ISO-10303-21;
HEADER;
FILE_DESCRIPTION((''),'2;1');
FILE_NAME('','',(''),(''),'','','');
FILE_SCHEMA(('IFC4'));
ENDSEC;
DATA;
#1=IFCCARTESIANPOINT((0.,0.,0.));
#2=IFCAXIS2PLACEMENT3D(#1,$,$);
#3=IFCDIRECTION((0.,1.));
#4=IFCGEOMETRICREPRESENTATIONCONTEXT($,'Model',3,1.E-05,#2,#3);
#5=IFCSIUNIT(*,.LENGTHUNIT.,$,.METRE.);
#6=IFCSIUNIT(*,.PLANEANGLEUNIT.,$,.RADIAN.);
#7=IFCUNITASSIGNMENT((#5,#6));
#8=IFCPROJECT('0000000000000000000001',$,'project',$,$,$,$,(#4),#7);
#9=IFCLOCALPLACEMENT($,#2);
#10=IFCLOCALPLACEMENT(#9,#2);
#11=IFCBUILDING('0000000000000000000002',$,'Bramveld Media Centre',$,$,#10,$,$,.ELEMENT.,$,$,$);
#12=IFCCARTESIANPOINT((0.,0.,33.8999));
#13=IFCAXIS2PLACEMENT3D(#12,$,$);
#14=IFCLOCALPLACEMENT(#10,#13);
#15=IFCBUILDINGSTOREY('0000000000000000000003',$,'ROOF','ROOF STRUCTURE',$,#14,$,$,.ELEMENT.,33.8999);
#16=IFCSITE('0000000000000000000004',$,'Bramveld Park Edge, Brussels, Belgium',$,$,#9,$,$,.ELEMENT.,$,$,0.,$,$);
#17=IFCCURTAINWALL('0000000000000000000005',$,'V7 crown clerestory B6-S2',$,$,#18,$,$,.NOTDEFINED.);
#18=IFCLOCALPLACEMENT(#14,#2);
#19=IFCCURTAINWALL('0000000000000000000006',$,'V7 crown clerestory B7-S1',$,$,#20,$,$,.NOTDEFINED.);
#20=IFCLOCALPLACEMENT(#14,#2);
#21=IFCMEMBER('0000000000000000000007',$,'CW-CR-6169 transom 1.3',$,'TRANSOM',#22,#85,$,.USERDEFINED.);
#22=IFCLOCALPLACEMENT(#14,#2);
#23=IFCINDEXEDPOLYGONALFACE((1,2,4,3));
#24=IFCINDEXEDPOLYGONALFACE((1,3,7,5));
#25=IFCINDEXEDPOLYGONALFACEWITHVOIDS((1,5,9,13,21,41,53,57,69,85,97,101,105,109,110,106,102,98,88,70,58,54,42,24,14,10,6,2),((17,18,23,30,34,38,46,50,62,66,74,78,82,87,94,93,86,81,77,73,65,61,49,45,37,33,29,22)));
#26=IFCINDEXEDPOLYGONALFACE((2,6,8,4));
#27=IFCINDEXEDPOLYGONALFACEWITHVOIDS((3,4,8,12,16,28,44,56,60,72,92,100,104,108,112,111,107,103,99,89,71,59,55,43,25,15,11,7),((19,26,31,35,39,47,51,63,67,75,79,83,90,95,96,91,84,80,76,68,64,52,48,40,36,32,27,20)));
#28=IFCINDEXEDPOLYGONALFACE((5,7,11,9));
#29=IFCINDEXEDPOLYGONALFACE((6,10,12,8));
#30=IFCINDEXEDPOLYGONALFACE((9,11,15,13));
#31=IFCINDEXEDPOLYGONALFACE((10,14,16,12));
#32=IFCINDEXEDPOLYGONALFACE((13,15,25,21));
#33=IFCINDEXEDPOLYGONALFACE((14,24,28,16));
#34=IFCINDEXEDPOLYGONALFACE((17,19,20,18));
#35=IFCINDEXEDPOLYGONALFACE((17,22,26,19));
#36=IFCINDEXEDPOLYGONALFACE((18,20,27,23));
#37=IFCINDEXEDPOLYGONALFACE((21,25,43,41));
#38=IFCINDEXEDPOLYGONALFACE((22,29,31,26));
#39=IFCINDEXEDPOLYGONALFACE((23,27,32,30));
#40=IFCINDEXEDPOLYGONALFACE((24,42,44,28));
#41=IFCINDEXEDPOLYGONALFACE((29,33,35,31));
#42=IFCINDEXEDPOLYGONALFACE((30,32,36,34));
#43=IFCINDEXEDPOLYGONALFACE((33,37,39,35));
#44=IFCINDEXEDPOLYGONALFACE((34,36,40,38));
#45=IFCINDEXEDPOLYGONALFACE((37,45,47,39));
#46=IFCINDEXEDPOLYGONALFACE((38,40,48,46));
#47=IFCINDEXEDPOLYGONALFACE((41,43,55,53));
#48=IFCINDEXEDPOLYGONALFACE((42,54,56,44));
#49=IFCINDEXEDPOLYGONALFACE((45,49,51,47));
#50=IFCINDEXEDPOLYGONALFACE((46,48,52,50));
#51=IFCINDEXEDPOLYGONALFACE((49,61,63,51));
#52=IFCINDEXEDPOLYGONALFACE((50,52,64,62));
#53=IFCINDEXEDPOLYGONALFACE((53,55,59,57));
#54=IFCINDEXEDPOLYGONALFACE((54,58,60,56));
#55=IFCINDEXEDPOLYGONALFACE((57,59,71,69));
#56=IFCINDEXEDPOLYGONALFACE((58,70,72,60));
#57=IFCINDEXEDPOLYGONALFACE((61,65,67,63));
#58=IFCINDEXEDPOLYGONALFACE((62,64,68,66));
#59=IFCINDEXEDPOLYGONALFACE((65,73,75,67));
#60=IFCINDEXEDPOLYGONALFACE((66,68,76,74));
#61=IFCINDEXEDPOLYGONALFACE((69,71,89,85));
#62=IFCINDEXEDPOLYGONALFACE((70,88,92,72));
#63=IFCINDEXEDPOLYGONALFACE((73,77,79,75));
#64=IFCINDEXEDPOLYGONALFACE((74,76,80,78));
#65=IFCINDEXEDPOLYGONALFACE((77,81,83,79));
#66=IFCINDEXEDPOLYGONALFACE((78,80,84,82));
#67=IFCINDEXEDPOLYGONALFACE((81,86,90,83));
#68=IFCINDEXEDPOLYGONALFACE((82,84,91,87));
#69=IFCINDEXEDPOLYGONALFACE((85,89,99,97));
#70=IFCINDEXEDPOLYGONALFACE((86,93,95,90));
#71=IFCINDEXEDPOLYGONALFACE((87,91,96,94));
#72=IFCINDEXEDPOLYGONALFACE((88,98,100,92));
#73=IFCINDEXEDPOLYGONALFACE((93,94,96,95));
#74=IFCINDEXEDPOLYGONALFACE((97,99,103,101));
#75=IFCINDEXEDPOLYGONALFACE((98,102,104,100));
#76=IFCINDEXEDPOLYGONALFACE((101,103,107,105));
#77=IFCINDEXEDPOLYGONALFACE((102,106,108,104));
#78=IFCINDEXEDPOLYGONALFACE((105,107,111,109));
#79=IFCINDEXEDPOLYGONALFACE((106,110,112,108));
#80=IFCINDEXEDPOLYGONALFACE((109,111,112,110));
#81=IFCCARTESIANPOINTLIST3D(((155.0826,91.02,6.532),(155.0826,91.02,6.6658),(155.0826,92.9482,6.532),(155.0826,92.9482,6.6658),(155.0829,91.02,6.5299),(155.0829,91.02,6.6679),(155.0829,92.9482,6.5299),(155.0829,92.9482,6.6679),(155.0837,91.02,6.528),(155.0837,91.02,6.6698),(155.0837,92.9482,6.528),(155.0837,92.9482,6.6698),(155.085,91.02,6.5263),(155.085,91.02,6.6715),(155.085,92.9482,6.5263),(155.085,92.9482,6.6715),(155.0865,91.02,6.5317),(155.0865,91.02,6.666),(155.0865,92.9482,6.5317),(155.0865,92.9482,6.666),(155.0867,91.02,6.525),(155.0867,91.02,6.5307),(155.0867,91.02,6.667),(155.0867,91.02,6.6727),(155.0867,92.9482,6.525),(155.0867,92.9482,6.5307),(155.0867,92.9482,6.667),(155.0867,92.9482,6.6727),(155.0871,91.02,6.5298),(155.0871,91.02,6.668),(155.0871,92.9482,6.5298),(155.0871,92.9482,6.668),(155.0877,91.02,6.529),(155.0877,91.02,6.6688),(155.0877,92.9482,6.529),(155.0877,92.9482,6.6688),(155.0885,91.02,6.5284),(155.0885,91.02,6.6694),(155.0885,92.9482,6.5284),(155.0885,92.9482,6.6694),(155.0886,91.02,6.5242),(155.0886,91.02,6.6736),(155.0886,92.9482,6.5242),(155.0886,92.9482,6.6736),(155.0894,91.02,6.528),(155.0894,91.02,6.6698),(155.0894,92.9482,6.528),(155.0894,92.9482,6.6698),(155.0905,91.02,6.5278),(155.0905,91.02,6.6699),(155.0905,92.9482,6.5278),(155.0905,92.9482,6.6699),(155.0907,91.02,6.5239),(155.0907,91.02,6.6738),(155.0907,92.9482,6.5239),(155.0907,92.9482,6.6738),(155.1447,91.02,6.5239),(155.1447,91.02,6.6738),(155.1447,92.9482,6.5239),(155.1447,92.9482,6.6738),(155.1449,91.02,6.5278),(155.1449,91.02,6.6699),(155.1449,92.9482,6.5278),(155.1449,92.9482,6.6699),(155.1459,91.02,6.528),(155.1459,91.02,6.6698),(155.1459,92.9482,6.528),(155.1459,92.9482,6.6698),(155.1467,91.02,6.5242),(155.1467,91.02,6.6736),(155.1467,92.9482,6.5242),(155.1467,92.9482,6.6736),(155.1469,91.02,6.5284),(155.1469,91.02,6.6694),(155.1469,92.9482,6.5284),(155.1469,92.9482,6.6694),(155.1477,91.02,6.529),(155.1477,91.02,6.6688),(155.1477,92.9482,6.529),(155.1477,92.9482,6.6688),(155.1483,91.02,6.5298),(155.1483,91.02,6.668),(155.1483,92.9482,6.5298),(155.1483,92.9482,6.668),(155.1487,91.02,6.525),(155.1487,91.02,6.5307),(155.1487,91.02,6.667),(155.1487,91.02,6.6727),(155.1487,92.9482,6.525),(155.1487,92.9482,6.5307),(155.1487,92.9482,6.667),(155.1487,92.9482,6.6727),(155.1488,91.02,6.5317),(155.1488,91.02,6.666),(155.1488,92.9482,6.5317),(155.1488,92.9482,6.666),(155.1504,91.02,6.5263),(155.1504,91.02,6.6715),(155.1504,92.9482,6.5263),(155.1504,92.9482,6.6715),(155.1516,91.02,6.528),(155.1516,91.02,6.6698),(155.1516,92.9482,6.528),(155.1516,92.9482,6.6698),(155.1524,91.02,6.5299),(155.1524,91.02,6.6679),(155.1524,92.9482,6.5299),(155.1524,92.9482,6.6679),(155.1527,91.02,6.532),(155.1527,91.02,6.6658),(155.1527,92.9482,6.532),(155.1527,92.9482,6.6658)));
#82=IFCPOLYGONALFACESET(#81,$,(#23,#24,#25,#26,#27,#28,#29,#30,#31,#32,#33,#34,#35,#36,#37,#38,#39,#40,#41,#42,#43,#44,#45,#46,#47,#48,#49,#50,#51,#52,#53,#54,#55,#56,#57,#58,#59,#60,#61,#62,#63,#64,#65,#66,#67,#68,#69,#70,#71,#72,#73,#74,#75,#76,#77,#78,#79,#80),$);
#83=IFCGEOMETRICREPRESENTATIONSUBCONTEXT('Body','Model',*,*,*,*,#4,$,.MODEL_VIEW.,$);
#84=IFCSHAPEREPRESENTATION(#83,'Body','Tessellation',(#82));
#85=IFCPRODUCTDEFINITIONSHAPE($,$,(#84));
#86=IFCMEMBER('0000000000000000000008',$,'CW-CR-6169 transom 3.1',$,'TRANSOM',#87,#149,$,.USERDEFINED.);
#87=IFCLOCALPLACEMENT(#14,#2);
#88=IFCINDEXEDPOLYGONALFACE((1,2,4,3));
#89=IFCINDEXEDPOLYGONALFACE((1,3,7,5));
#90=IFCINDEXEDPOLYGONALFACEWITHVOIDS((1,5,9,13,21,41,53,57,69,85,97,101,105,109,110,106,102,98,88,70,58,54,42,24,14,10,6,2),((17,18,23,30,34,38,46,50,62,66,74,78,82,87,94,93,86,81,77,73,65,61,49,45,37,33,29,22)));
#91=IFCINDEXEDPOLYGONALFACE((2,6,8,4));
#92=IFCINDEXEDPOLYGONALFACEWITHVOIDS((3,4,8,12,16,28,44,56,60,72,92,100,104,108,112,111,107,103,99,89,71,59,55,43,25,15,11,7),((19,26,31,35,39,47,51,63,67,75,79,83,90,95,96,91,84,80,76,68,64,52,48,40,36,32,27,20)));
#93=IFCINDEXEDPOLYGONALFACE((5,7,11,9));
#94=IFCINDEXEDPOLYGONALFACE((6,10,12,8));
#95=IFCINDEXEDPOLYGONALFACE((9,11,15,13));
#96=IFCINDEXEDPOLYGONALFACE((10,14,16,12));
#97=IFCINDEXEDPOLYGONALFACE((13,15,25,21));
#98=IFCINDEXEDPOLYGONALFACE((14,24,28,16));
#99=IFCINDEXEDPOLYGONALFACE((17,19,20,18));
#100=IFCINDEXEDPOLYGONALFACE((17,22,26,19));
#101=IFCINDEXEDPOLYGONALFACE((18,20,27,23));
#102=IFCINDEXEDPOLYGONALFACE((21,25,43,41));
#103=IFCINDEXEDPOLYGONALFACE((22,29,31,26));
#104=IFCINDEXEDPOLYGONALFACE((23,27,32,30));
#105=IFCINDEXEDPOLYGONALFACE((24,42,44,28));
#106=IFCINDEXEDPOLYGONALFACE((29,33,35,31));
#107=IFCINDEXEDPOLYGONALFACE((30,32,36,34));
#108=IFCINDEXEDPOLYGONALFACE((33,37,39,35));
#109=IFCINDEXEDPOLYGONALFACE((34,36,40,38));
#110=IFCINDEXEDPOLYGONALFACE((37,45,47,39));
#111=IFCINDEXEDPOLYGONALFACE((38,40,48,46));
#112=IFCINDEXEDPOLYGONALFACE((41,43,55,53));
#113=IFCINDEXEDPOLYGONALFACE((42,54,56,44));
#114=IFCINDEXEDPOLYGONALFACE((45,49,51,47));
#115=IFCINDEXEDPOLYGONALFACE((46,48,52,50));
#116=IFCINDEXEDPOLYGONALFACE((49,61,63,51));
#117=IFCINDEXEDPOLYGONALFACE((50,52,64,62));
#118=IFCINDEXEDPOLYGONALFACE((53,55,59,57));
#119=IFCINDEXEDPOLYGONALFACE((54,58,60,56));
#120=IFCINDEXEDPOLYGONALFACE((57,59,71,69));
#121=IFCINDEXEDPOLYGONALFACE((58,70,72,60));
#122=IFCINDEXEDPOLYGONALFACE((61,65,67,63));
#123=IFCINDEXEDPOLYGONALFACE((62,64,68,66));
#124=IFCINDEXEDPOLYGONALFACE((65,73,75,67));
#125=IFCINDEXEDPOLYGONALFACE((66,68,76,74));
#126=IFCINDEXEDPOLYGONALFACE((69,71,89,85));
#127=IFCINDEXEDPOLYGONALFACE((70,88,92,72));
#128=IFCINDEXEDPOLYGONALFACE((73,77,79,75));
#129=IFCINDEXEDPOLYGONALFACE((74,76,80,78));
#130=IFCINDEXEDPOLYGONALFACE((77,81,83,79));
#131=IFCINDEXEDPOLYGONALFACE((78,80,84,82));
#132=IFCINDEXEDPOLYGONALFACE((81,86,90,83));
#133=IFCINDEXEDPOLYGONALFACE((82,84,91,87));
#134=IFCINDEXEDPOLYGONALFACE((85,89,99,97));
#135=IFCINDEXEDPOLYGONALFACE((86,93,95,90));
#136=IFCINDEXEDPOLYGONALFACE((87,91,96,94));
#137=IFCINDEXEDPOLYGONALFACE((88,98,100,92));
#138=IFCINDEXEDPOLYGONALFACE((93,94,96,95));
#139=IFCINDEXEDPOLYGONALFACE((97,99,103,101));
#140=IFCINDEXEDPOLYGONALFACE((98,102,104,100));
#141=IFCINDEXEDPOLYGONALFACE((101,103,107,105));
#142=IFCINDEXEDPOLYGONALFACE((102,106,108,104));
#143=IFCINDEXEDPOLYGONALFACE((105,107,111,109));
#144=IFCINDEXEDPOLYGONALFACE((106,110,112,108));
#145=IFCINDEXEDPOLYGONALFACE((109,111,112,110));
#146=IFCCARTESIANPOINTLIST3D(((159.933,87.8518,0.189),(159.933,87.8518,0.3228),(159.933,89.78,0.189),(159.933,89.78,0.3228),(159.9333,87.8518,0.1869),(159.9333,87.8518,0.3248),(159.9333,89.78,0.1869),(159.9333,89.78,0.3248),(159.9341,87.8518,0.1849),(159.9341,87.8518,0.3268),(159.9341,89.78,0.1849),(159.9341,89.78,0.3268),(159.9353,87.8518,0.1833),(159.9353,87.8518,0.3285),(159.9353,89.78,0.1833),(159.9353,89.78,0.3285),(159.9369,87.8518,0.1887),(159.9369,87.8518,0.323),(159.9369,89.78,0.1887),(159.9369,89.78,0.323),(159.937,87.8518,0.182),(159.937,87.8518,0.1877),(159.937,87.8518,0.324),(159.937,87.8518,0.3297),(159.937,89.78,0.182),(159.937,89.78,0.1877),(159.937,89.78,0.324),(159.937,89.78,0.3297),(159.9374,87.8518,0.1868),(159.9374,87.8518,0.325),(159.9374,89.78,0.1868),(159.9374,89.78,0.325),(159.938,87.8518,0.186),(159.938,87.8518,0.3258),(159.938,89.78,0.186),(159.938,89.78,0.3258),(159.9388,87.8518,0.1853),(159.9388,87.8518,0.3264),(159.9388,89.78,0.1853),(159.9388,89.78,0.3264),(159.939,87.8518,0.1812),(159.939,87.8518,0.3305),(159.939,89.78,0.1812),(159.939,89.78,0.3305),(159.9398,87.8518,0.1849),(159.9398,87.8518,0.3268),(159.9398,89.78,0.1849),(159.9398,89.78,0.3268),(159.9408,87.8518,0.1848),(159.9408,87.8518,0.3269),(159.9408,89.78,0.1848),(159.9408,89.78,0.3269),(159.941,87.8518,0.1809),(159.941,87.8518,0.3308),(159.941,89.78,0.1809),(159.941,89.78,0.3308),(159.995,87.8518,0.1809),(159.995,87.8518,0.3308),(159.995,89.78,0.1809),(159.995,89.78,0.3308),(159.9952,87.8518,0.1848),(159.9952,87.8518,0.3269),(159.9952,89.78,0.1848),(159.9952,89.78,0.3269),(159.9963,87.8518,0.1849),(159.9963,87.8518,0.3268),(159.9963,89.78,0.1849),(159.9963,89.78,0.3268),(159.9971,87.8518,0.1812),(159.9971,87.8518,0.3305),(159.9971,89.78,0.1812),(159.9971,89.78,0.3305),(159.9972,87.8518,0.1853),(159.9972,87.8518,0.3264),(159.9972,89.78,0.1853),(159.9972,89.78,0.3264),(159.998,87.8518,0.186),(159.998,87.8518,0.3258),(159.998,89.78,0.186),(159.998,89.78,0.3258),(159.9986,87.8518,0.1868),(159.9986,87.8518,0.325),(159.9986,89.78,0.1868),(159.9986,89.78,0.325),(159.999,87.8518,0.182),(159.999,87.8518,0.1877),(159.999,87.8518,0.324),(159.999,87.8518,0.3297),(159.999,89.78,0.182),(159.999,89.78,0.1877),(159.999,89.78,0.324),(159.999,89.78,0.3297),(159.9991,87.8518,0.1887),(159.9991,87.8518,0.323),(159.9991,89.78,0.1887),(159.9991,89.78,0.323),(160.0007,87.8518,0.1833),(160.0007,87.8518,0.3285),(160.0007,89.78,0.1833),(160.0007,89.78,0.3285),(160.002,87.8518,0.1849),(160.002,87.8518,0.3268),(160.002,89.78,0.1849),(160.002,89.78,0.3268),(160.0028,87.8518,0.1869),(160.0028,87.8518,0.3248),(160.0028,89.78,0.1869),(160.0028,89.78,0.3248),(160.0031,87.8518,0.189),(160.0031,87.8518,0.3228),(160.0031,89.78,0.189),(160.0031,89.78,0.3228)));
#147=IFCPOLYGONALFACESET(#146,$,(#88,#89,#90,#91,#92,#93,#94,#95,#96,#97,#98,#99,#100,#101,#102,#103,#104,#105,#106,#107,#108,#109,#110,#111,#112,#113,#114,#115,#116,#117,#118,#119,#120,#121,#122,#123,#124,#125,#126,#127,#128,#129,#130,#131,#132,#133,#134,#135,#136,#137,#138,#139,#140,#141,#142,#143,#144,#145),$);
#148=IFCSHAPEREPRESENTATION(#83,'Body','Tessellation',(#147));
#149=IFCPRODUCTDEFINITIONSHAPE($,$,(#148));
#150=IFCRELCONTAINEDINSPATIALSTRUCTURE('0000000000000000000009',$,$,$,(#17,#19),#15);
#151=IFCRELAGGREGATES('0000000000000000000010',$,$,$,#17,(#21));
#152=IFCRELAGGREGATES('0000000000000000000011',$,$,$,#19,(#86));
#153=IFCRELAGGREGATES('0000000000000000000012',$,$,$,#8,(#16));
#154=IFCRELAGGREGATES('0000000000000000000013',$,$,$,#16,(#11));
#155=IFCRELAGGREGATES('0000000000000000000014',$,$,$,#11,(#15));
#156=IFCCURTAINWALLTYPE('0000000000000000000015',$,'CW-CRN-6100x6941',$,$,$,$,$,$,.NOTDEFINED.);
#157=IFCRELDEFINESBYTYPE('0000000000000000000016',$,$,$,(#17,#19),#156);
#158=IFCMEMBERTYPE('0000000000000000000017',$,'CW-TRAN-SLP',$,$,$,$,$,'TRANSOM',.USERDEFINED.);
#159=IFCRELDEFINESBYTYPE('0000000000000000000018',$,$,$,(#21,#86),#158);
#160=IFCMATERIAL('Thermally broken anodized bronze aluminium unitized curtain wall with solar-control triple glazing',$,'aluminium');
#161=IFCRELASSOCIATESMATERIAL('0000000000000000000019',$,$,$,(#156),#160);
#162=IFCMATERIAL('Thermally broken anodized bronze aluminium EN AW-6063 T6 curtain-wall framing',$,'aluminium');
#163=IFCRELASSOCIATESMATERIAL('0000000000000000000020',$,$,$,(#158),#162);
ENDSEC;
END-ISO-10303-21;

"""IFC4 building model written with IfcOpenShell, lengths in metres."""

from ifc_helpers import new_model, si_unit, direction, frame, origin, origin_2d, place, context, subcontext, project, spatial, hollow_rectangle, extrude, material, material_profile, profile_set, type_object, element, aggregate, save


model = new_model("IFC4")

# Units and contexts
model_context = context("Model", 3, precision=1e-05, world=origin(), true_north=direction((0.0, 1.0)))
body_context = subcontext(model_context, "Body", "Model", "MODEL_VIEW")
ifc_project = project(units=[si_unit("LENGTHUNIT", "METRE"), si_unit("PLANEANGLEUNIT", "RADIAN")], contexts=[model_context])

# Site, building, storey
site_placement = place(None, origin())
site = spatial("IfcSite", under=ifc_project, at=site_placement, Name="Bramveld Park Edge, Brussels, Belgium", CompositionType="ELEMENT", RefElevation=0.0)
building_placement = place(site_placement, origin())
building = spatial("IfcBuilding", under=site, at=building_placement, Name="Bramveld Media Centre", CompositionType="ELEMENT")
storey_placement = place(building_placement, frame((0.0, 0.0, 33.8999)))
storey = spatial("IfcBuildingStorey", under=building, at=storey_placement, Name="ROOF", Description="ROOF STRUCTURE", CompositionType="ELEMENT", Elevation=33.8999)

# Curtain walls
ifc_material_1 = material(Name="Thermally broken anodized bronze aluminium unitized curtain wall with solar-control triple glazing", Category="aluminium")
curtain_wall_type = type_object("IfcCurtainWallType", Name="CW-CRN-6100x6941", PredefinedType="NOTDEFINED", material=ifc_material_1)
curtain_wall_1_placement = place(storey_placement, origin())
curtain_wall_1 = element("IfcCurtainWall", 1, at=curtain_wall_1_placement, inside=storey, type_object=curtain_wall_type, Name="V7 crown clerestory B6-S2", PredefinedType="NOTDEFINED")
curtain_wall_2_placement = place(storey_placement, origin())
curtain_wall_2 = element("IfcCurtainWall", 2, at=curtain_wall_2_placement, inside=storey, type_object=curtain_wall_type, Name="V7 crown clerestory B7-S1", PredefinedType="NOTDEFINED")

# Members
ifc_material_2 = material(Name="Thermally broken anodized bronze aluminium EN AW-6063 T6 curtain-wall framing", Category="aluminium")
ifc_material_profile_1 = material_profile(ifc_material_2, hollow_rectangle(XDim=0.0701, YDim=0.1499, WallThickness=0.0039, InnerFilletRadius=0.0039, OuterFilletRadius=0.0081, at=origin_2d()), Name="AL-TRAN 70x150")
ifc_profile_set_1 = profile_set([ifc_material_profile_1], Name="Thermally broken anodized bronze aluminium EN AW-6063 T6 curtain-wall framing")
member_type_1 = type_object("IfcMemberType", Name="CW-TRAN-SLP", ElementType="TRANSOM", PredefinedType="USERDEFINED", material=ifc_profile_set_1)
member_1_placement = place(storey_placement, frame((155.1177, 91.02, 6.5989), z_axis=(0.0, 1.0, 0.0), x_axis=(-1.0, 0.0, 0.0)))
member_1 = element("IfcMember", 3, at=member_1_placement, type_object=member_type_1, Name="CW-CR-6169 transom 1.3", ObjectType="TRANSOM", PredefinedType="USERDEFINED", context=body_context, shape_type="SweptSolid", body=[
    extrude(hollow_rectangle(XDim=0.0701, YDim=0.1499, WallThickness=0.0039, InnerFilletRadius=0.0039, OuterFilletRadius=0.0081, at=origin_2d()), origin(), (0.0, 0.0, 1.0), 1.9282),
])
member_2_placement = place(storey_placement, frame((159.968, 87.8518, 0.2559), z_axis=(0.0, 1.0, 0.0), x_axis=(-1.0, 0.0, 0.0)))
member_2 = element("IfcMember", 4, at=member_2_placement, type_object=member_type_1, Name="CW-CR-6169 transom 3.1", ObjectType="TRANSOM", PredefinedType="USERDEFINED", context=body_context, shape_type="SweptSolid", body=[
    extrude(hollow_rectangle(XDim=0.0701, YDim=0.1499, WallThickness=0.0039, InnerFilletRadius=0.0039, OuterFilletRadius=0.0081, at=origin_2d()), origin(), (0.0, 0.0, 1.0), 1.9282),
])

aggregate(curtain_wall_1, [member_1])
aggregate(curtain_wall_2, [member_2])

save(model, "model.ifc")
